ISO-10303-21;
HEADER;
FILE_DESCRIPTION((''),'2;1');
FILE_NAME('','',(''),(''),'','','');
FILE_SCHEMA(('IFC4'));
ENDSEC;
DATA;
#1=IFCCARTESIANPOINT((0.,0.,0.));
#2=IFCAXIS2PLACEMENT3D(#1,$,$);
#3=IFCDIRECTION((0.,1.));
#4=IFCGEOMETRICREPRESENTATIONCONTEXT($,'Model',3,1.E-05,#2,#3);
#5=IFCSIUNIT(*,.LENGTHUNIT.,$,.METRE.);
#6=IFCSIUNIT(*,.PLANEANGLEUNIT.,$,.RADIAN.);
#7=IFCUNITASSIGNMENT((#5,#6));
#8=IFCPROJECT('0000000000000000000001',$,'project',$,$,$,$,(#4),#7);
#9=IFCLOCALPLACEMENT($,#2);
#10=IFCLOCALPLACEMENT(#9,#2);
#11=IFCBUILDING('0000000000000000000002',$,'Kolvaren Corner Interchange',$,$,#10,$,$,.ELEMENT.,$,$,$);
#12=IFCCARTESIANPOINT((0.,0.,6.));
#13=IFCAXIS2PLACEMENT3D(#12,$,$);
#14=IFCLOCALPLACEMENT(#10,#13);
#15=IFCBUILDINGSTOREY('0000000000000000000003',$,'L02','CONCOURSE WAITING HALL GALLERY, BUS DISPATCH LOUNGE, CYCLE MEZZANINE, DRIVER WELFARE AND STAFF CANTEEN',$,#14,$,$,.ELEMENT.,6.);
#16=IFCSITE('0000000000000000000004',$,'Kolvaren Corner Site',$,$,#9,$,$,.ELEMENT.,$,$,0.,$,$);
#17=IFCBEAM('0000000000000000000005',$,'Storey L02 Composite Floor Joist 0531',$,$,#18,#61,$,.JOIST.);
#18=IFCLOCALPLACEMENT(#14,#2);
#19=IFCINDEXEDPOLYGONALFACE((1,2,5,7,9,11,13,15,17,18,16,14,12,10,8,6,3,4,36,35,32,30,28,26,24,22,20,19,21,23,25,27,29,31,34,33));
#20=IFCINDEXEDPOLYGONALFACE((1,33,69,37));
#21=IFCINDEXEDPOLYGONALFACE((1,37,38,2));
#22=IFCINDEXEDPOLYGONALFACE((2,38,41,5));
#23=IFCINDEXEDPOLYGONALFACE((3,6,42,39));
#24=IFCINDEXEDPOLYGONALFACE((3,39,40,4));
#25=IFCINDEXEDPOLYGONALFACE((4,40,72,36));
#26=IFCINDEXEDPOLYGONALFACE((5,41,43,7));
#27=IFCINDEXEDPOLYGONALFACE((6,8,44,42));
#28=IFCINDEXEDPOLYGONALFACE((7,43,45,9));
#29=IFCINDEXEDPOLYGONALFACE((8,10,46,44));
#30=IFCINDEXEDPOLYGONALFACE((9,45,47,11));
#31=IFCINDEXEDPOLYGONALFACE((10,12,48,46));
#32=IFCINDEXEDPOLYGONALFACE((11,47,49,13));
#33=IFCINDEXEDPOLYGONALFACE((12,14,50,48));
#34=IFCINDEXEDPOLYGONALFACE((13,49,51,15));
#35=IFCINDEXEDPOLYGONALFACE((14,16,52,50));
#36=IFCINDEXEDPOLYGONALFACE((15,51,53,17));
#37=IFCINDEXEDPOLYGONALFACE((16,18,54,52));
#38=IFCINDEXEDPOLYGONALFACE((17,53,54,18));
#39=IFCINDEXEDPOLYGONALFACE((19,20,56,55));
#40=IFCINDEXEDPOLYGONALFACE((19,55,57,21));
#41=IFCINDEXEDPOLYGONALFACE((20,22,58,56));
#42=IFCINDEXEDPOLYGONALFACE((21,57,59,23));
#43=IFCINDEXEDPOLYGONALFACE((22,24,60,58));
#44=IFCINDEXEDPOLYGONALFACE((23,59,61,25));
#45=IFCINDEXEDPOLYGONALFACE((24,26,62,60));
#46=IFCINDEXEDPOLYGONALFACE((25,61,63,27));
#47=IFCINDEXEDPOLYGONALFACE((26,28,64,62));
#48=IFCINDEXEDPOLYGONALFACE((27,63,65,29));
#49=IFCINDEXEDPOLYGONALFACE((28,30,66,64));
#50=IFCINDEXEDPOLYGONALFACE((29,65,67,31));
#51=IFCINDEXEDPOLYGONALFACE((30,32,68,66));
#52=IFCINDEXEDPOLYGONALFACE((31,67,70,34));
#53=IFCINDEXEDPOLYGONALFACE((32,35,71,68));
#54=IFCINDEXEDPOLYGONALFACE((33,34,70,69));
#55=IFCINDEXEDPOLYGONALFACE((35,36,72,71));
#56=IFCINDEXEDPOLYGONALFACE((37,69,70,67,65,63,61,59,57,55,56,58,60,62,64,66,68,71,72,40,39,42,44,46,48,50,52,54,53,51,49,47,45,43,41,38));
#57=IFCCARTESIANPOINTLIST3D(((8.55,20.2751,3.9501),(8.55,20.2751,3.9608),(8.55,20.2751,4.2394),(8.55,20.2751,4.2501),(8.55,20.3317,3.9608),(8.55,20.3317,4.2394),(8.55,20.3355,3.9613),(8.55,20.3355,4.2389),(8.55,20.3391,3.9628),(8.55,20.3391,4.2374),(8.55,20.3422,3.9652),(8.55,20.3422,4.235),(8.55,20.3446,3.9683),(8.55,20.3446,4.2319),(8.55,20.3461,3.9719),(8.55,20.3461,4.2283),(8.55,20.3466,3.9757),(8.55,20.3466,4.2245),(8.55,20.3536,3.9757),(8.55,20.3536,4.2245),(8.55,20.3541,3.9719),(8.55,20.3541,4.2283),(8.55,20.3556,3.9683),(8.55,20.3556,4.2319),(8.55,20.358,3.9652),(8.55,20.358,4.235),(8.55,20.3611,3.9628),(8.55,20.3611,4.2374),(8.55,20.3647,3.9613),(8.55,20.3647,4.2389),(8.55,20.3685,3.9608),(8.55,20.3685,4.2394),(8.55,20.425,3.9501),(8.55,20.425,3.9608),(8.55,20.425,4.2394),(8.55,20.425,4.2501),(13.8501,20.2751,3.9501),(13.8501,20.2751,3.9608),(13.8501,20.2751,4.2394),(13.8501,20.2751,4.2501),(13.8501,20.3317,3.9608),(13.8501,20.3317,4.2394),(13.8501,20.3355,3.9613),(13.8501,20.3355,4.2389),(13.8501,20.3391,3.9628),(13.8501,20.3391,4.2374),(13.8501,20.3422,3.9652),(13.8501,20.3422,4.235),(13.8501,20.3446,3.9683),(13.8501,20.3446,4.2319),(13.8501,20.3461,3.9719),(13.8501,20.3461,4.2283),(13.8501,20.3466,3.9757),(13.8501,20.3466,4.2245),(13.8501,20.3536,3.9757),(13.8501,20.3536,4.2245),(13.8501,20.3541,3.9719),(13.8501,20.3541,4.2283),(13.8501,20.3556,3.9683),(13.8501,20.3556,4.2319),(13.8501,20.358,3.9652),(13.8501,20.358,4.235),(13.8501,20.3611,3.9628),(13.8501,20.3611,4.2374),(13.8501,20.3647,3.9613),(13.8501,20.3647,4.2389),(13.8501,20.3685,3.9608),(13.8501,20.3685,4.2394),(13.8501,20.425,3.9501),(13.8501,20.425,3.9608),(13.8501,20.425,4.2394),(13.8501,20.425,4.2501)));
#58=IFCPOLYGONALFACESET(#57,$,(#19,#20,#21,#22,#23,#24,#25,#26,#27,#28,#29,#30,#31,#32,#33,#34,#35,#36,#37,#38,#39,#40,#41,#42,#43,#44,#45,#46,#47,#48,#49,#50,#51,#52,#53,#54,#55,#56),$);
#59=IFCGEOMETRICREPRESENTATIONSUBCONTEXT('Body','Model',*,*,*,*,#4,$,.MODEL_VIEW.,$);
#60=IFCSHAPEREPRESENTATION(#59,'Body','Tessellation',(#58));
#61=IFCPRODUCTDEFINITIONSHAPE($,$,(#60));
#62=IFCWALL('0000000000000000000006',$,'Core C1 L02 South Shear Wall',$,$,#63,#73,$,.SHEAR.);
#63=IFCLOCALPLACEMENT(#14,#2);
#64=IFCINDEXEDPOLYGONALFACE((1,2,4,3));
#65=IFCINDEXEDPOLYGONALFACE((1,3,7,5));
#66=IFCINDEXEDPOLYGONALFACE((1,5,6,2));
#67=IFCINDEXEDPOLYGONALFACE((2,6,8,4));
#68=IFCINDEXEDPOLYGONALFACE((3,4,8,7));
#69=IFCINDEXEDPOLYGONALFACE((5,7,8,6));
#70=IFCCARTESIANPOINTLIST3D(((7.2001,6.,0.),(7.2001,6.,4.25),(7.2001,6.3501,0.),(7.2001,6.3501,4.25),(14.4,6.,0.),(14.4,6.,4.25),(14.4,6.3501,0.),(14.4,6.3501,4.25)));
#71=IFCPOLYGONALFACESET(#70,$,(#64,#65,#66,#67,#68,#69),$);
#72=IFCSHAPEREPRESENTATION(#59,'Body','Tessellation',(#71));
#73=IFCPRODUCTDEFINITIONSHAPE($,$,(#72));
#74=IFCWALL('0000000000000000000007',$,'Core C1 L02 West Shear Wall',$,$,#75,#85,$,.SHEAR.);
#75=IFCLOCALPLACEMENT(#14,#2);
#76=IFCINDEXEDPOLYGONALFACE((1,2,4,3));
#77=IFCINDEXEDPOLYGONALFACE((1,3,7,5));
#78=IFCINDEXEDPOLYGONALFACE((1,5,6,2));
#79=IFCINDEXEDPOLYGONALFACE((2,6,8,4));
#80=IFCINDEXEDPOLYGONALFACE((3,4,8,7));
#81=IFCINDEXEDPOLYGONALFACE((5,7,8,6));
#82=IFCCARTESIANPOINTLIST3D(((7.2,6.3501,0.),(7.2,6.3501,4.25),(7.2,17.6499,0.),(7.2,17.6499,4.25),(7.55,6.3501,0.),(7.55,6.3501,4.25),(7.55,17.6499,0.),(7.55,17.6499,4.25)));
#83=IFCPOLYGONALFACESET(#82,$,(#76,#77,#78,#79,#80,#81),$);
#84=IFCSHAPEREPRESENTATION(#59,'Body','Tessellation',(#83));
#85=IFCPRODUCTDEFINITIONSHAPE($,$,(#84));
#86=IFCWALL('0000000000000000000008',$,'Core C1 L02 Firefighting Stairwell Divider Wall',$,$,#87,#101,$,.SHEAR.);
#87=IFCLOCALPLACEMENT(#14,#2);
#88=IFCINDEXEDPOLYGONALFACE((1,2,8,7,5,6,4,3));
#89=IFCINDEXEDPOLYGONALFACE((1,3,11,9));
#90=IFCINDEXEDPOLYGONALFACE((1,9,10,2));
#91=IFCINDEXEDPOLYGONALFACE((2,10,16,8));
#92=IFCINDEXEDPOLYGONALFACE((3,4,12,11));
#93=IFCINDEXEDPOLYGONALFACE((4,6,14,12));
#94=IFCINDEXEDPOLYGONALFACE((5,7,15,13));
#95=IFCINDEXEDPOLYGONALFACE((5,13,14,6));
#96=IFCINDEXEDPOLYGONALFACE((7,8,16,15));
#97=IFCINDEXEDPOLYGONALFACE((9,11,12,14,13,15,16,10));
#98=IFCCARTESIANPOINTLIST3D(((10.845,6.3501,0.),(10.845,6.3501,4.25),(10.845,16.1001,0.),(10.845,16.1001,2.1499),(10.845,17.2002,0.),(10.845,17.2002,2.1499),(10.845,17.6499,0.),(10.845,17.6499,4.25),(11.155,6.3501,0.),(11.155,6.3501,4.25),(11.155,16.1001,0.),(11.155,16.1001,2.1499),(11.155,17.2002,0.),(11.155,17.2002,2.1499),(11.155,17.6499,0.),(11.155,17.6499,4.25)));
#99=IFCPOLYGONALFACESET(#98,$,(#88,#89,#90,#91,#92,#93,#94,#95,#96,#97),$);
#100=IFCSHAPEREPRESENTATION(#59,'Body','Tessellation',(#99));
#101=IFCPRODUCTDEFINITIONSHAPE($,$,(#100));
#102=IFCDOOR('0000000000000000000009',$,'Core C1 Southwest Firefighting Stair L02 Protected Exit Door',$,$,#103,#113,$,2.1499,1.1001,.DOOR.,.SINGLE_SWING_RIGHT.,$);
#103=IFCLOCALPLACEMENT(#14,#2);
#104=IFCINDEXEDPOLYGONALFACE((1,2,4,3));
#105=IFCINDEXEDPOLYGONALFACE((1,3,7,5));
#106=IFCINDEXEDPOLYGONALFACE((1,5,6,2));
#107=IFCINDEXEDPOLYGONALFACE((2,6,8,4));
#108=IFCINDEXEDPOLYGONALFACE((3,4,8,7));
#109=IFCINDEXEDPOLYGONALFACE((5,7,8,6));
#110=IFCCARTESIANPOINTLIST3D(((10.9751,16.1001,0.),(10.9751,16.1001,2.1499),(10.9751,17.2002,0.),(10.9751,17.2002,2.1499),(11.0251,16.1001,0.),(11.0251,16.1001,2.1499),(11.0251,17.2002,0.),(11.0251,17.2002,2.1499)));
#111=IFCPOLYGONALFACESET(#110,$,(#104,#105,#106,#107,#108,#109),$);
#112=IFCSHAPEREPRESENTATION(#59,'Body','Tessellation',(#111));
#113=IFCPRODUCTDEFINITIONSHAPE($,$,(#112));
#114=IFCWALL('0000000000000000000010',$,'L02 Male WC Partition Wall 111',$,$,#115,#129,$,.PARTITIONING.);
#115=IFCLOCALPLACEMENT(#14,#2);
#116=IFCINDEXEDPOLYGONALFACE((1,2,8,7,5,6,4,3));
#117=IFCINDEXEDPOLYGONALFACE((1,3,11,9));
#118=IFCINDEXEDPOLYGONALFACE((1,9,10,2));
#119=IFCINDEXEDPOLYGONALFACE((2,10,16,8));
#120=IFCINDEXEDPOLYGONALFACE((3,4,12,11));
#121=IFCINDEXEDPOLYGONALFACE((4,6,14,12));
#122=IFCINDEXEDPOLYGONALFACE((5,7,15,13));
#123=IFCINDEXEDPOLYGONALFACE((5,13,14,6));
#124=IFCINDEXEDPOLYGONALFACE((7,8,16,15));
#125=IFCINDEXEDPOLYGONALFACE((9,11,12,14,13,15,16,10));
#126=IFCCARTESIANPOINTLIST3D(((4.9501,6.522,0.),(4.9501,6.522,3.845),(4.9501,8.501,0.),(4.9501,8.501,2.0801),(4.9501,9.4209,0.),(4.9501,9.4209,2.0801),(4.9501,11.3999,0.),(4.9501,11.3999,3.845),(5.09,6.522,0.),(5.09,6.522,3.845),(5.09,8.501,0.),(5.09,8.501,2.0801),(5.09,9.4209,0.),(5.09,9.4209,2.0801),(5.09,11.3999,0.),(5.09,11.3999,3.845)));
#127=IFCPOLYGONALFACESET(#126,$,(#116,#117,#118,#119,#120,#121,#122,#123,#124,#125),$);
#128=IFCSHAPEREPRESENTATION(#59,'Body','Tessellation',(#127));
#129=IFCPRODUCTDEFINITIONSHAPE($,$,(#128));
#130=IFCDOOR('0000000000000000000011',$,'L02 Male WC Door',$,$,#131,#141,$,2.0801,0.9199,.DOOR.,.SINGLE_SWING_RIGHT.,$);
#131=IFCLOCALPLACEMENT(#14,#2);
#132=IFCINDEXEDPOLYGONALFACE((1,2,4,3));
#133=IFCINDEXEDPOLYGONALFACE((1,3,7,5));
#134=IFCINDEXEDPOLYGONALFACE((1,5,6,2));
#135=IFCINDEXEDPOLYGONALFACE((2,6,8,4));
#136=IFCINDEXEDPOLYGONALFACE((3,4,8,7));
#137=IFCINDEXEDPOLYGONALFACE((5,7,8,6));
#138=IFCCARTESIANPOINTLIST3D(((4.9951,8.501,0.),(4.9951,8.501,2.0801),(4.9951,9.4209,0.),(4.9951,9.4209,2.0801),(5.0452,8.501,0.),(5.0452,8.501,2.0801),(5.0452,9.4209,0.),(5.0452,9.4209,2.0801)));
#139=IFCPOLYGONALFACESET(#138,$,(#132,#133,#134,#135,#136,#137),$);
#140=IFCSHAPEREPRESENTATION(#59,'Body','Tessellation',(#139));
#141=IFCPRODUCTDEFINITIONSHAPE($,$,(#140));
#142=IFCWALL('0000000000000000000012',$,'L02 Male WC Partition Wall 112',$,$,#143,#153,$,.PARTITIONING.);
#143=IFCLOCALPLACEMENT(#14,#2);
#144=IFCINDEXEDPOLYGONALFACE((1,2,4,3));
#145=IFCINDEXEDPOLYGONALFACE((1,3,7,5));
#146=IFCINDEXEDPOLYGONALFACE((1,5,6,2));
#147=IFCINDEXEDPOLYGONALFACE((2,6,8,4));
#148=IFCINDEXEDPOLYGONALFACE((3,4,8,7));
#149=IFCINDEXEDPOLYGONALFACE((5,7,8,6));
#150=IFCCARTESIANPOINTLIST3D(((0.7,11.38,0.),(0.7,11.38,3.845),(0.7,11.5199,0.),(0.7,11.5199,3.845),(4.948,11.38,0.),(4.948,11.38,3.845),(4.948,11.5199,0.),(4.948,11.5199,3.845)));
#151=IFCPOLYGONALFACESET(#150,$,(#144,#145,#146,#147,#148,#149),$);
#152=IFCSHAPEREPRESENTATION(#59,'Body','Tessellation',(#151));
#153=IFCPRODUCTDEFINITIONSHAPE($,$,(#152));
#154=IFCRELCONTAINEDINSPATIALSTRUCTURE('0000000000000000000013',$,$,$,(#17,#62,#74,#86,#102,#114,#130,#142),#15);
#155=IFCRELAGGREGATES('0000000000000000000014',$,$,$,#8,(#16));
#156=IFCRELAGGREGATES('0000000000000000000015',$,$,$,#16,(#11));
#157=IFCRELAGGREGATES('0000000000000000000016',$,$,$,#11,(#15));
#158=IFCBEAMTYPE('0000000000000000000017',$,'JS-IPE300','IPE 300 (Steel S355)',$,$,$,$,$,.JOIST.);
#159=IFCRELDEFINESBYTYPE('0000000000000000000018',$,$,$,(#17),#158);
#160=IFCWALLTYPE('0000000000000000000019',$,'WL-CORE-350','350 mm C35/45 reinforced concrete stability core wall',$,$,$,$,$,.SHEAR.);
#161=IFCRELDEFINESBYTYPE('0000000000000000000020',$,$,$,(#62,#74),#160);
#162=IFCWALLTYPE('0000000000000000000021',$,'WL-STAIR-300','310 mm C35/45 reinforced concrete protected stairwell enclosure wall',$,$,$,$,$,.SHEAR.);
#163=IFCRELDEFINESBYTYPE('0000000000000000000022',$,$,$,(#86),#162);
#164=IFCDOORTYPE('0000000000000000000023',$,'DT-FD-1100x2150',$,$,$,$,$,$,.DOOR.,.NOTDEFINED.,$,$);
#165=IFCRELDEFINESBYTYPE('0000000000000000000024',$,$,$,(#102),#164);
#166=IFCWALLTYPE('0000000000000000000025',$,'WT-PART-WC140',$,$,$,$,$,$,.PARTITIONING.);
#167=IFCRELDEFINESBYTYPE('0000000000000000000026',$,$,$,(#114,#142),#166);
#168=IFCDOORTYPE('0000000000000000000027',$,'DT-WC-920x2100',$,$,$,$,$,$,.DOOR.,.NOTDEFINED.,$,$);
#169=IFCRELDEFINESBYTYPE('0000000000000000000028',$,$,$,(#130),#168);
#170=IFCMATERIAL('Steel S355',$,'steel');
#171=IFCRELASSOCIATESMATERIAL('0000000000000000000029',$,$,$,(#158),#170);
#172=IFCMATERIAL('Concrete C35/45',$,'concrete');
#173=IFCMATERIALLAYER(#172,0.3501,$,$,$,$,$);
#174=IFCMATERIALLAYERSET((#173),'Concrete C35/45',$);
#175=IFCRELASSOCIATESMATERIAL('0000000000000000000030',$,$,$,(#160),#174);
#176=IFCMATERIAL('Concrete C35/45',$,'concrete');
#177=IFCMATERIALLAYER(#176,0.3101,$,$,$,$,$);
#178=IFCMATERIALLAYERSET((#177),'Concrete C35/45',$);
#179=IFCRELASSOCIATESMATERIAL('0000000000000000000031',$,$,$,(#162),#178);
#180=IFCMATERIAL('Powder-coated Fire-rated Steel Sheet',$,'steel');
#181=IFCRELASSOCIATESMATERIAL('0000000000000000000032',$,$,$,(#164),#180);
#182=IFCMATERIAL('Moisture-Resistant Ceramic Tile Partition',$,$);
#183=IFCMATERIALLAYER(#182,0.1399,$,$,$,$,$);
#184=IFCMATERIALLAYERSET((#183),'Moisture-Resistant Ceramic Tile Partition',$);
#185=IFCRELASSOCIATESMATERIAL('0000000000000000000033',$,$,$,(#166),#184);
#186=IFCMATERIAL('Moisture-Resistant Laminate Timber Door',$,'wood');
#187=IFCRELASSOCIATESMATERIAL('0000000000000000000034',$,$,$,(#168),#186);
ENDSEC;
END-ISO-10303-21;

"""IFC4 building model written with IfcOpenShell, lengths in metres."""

from ifc_helpers import new_model, si_unit, direction, frame, frame_2d, origin, origin_2d, place, context, subcontext, project, spatial, rectangle, i_section, extrude, material, layer, layer_set, material_profile, profile_set, type_object, element, fill, save


model = new_model("IFC4")

# Units and contexts
model_context = context("Model", 3, precision=1e-05, world=origin(), true_north=direction((0.0, 1.0)))
body_context = subcontext(model_context, "Body", "Model", "MODEL_VIEW")
ifc_project = project(units=[si_unit("LENGTHUNIT", "METRE"), si_unit("PLANEANGLEUNIT", "RADIAN")], contexts=[model_context])

# Site, building, storey
site_placement = place(None, origin())
site = spatial("IfcSite", under=ifc_project, at=site_placement, Name="Kolvaren Corner Site", CompositionType="ELEMENT", RefElevation=0.0)
building_placement = place(site_placement, origin())
building = spatial("IfcBuilding", under=site, at=building_placement, Name="Kolvaren Corner Interchange", CompositionType="ELEMENT")
storey_placement = place(building_placement, frame((0.0, 0.0, 6.0)))
storey = spatial("IfcBuildingStorey", under=building, at=storey_placement, Name="L02", Description="CONCOURSE WAITING HALL GALLERY, BUS DISPATCH LOUNGE, CYCLE MEZZANINE, DRIVER WELFARE AND STAFF CANTEEN", CompositionType="ELEMENT", Elevation=6.0)

# Beam
ifc_material_1 = material(Name="Steel S355", Category="steel")
ifc_material_profile_1 = material_profile(ifc_material_1, i_section(OverallWidth=0.1499, OverallDepth=0.3, WebThickness=0.0071, FlangeThickness=0.0107, FilletRadius=0.0149, at=origin_2d()), Name="IPE 300")
ifc_profile_set_1 = profile_set([ifc_material_profile_1], Name="Steel S355")
beam_type_1 = type_object("IfcBeamType", Name="JS-IPE300", Description="IPE 300 (Steel S355)", PredefinedType="JOIST", material=ifc_profile_set_1)
beam_1_placement = place(storey_placement, frame((8.55, 20.3501, 4.1001), z_axis=(1.0, 0.0, 0.0), x_axis=(0.0, 1.0, 0.0)))
element("IfcBeam", 1, at=beam_1_placement, inside=storey, type_object=beam_type_1, Name="Storey L02 Composite Floor Joist 0531", PredefinedType="JOIST", context=body_context, shape_type="SweptSolid", body=[
    extrude(i_section(OverallWidth=0.1499, OverallDepth=0.3, WebThickness=0.0071, FlangeThickness=0.0107, FilletRadius=0.0149, at=origin_2d()), origin(), (0.0, 0.0, 1.0), 5.3),
])

# Wall
ifc_material_2 = material(Name="Concrete C35/45", Category="concrete")
ifc_layer_1 = layer(ifc_material_2, 0.3501)
ifc_layer_set_1 = layer_set([ifc_layer_1], Name="Concrete C35/45")
wall_type_1 = type_object("IfcWallType", Name="WL-CORE-350", Description="350 mm C35/45 reinforced concrete stability core wall", PredefinedType="SHEAR", material=ifc_layer_set_1)
wall_1_placement = place(storey_placement, frame((7.2, 6.175, 0.0), z_axis=(0.0, 0.0, 1.0), x_axis=(1.0, 0.0, 0.0)))
element("IfcWall", 2, at=wall_1_placement, inside=storey, type_object=wall_type_1, Name="Core C1 L02 South Shear Wall", PredefinedType="SHEAR", context=body_context, shape_type="SweptSolid", body=[
    extrude(rectangle(XDim=7.2, YDim=0.3501, at=frame_2d((3.6001, 0.0))), origin(), (0.0, 0.0, 1.0), 4.25),
])

# Wall
wall_2_placement = place(storey_placement, frame((7.375, 6.3501, 0.0), z_axis=(0.0, 0.0, 1.0), x_axis=(0.0, 1.0, 0.0)))
element("IfcWall", 3, at=wall_2_placement, inside=storey, type_object=wall_type_1, Name="Core C1 L02 West Shear Wall", PredefinedType="SHEAR", context=body_context, shape_type="SweptSolid", body=[
    extrude(rectangle(XDim=11.2998, YDim=0.3501, at=frame_2d((5.6499, 0.0))), origin(), (0.0, 0.0, 1.0), 4.25),
])

# Walls, openings, doors
ifc_material_3 = material(Name="Concrete C35/45", Category="concrete")
ifc_layer_2 = layer(ifc_material_3, 0.3101)
ifc_layer_set_2 = layer_set([ifc_layer_2], Name="Concrete C35/45")
wall_type_2 = type_object("IfcWallType", Name="WL-STAIR-300", Description="310 mm C35/45 reinforced concrete protected stairwell enclosure wall", PredefinedType="SHEAR", material=ifc_layer_set_2)
wall_3_placement = place(storey_placement, frame((11.0, 6.3501, 0.0), z_axis=(0.0, 0.0, 1.0), x_axis=(0.0, 1.0, 0.0)))
wall_3 = element("IfcWall", 4, at=wall_3_placement, inside=storey, type_object=wall_type_2, Name="Core C1 L02 Firefighting Stairwell Divider Wall", PredefinedType="SHEAR", context=body_context, shape_type="SweptSolid", body=[
    extrude(rectangle(XDim=11.2998, YDim=0.3101, at=frame_2d((5.6499, 0.0))), origin(), (0.0, 0.0, 1.0), 4.25),
])
opening_1_placement = place(wall_3_placement, frame((9.75, 0.0, 0.0)))
opening_1 = element("IfcOpeningElement", 5, at=opening_1_placement, cuts=wall_3, PredefinedType="OPENING", context=body_context, shape_type="SweptSolid", body=[
    extrude(rectangle(XDim=1.1001, YDim=2.1499, at=frame_2d((0.55, 1.075))), frame((0.0, 0.165, 0.0), z_axis=(0.0, -1.0, 0.0), x_axis=(1.0, 0.0, 0.0)), (0.0, 0.0, 1.0), 0.3301),
])
ifc_material_4 = material(Name="Powder-coated Fire-rated Steel Sheet", Category="steel")
door_type_1 = type_object("IfcDoorType", Name="DT-FD-1100x2150", OperationType="NOTDEFINED", PredefinedType="DOOR", material=ifc_material_4)
door_1_placement = place(opening_1_placement, origin())
door_1 = element("IfcDoor", 6, at=door_1_placement, inside=storey, type_object=door_type_1, Name="Core C1 Southwest Firefighting Stair L02 Protected Exit Door", OperationType="SINGLE_SWING_RIGHT", OverallHeight=2.1499, OverallWidth=1.1001, PredefinedType="DOOR", context=body_context, shape_type="SweptSolid", body=[
    extrude(rectangle(XDim=1.1001, YDim=2.1499, at=frame_2d((0.55, 1.075))), frame((0.0, 0.0249, 0.0), z_axis=(0.0, -1.0, 0.0), x_axis=(1.0, 0.0, 0.0)), (0.0, 0.0, 1.0), 0.05),
])
fill(opening_1, door_1)
ifc_material_5 = material(Name="Moisture-Resistant Ceramic Tile Partition")
ifc_layer_3 = layer(ifc_material_5, 0.1399)
ifc_layer_set_3 = layer_set([ifc_layer_3], Name="Moisture-Resistant Ceramic Tile Partition")
wall_type_3 = type_object("IfcWallType", Name="WT-PART-WC140", PredefinedType="PARTITIONING", material=ifc_layer_set_3)
wall_4_placement = place(storey_placement, frame((5.02, 6.522, 0.0), z_axis=(0.0, 0.0, 1.0), x_axis=(0.0, 1.0, 0.0)))
wall_4 = element("IfcWall", 7, at=wall_4_placement, inside=storey, type_object=wall_type_3, Name="L02 Male WC Partition Wall 111", PredefinedType="PARTITIONING", context=body_context, shape_type="SweptSolid", body=[
    extrude(rectangle(XDim=4.8779, YDim=0.1399, at=frame_2d((2.439, 0.0))), origin(), (0.0, 0.0, 1.0), 3.845),
])
opening_2_placement = place(wall_4_placement, frame((1.979, 0.0, 0.0)))
opening_2 = element("IfcOpeningElement", 8, at=opening_2_placement, cuts=wall_4, PredefinedType="OPENING", context=body_context, shape_type="SweptSolid", body=[
    extrude(rectangle(XDim=0.9199, YDim=2.0801, at=frame_2d((0.46, 1.04))), frame((0.0, 0.0798, 0.0), z_axis=(0.0, -1.0, 0.0), x_axis=(1.0, 0.0, 0.0)), (0.0, 0.0, 1.0), 0.1599),
])
ifc_material_6 = material(Name="Moisture-Resistant Laminate Timber Door", Category="wood")
door_type_2 = type_object("IfcDoorType", Name="DT-WC-920x2100", OperationType="NOTDEFINED", PredefinedType="DOOR", material=ifc_material_6)
door_2_placement = place(opening_2_placement, origin())
door_2 = element("IfcDoor", 9, at=door_2_placement, inside=storey, type_object=door_type_2, Name="L02 Male WC Door", OperationType="SINGLE_SWING_RIGHT", OverallHeight=2.0801, OverallWidth=0.9199, PredefinedType="DOOR", context=body_context, shape_type="SweptSolid", body=[
    extrude(rectangle(XDim=0.9199, YDim=2.0801, at=frame_2d((0.46, 1.04))), frame((0.0, 0.0249, 0.0), z_axis=(0.0, -1.0, 0.0), x_axis=(1.0, 0.0, 0.0)), (0.0, 0.0, 1.0), 0.05),
])
fill(opening_2, door_2)

# Wall
wall_5_placement = place(storey_placement, frame((4.948, 11.45, 0.0), z_axis=(0.0, 0.0, 1.0), x_axis=(-1.0, 0.0, 0.0)))
element("IfcWall", 10, at=wall_5_placement, inside=storey, type_object=wall_type_3, Name="L02 Male WC Partition Wall 112", PredefinedType="PARTITIONING", context=body_context, shape_type="SweptSolid", body=[
    extrude(rectangle(XDim=4.248, YDim=0.1399, at=frame_2d((2.124, 0.0))), origin(), (0.0, 0.0, 1.0), 3.845),
])

save(model, "model.ifc")
